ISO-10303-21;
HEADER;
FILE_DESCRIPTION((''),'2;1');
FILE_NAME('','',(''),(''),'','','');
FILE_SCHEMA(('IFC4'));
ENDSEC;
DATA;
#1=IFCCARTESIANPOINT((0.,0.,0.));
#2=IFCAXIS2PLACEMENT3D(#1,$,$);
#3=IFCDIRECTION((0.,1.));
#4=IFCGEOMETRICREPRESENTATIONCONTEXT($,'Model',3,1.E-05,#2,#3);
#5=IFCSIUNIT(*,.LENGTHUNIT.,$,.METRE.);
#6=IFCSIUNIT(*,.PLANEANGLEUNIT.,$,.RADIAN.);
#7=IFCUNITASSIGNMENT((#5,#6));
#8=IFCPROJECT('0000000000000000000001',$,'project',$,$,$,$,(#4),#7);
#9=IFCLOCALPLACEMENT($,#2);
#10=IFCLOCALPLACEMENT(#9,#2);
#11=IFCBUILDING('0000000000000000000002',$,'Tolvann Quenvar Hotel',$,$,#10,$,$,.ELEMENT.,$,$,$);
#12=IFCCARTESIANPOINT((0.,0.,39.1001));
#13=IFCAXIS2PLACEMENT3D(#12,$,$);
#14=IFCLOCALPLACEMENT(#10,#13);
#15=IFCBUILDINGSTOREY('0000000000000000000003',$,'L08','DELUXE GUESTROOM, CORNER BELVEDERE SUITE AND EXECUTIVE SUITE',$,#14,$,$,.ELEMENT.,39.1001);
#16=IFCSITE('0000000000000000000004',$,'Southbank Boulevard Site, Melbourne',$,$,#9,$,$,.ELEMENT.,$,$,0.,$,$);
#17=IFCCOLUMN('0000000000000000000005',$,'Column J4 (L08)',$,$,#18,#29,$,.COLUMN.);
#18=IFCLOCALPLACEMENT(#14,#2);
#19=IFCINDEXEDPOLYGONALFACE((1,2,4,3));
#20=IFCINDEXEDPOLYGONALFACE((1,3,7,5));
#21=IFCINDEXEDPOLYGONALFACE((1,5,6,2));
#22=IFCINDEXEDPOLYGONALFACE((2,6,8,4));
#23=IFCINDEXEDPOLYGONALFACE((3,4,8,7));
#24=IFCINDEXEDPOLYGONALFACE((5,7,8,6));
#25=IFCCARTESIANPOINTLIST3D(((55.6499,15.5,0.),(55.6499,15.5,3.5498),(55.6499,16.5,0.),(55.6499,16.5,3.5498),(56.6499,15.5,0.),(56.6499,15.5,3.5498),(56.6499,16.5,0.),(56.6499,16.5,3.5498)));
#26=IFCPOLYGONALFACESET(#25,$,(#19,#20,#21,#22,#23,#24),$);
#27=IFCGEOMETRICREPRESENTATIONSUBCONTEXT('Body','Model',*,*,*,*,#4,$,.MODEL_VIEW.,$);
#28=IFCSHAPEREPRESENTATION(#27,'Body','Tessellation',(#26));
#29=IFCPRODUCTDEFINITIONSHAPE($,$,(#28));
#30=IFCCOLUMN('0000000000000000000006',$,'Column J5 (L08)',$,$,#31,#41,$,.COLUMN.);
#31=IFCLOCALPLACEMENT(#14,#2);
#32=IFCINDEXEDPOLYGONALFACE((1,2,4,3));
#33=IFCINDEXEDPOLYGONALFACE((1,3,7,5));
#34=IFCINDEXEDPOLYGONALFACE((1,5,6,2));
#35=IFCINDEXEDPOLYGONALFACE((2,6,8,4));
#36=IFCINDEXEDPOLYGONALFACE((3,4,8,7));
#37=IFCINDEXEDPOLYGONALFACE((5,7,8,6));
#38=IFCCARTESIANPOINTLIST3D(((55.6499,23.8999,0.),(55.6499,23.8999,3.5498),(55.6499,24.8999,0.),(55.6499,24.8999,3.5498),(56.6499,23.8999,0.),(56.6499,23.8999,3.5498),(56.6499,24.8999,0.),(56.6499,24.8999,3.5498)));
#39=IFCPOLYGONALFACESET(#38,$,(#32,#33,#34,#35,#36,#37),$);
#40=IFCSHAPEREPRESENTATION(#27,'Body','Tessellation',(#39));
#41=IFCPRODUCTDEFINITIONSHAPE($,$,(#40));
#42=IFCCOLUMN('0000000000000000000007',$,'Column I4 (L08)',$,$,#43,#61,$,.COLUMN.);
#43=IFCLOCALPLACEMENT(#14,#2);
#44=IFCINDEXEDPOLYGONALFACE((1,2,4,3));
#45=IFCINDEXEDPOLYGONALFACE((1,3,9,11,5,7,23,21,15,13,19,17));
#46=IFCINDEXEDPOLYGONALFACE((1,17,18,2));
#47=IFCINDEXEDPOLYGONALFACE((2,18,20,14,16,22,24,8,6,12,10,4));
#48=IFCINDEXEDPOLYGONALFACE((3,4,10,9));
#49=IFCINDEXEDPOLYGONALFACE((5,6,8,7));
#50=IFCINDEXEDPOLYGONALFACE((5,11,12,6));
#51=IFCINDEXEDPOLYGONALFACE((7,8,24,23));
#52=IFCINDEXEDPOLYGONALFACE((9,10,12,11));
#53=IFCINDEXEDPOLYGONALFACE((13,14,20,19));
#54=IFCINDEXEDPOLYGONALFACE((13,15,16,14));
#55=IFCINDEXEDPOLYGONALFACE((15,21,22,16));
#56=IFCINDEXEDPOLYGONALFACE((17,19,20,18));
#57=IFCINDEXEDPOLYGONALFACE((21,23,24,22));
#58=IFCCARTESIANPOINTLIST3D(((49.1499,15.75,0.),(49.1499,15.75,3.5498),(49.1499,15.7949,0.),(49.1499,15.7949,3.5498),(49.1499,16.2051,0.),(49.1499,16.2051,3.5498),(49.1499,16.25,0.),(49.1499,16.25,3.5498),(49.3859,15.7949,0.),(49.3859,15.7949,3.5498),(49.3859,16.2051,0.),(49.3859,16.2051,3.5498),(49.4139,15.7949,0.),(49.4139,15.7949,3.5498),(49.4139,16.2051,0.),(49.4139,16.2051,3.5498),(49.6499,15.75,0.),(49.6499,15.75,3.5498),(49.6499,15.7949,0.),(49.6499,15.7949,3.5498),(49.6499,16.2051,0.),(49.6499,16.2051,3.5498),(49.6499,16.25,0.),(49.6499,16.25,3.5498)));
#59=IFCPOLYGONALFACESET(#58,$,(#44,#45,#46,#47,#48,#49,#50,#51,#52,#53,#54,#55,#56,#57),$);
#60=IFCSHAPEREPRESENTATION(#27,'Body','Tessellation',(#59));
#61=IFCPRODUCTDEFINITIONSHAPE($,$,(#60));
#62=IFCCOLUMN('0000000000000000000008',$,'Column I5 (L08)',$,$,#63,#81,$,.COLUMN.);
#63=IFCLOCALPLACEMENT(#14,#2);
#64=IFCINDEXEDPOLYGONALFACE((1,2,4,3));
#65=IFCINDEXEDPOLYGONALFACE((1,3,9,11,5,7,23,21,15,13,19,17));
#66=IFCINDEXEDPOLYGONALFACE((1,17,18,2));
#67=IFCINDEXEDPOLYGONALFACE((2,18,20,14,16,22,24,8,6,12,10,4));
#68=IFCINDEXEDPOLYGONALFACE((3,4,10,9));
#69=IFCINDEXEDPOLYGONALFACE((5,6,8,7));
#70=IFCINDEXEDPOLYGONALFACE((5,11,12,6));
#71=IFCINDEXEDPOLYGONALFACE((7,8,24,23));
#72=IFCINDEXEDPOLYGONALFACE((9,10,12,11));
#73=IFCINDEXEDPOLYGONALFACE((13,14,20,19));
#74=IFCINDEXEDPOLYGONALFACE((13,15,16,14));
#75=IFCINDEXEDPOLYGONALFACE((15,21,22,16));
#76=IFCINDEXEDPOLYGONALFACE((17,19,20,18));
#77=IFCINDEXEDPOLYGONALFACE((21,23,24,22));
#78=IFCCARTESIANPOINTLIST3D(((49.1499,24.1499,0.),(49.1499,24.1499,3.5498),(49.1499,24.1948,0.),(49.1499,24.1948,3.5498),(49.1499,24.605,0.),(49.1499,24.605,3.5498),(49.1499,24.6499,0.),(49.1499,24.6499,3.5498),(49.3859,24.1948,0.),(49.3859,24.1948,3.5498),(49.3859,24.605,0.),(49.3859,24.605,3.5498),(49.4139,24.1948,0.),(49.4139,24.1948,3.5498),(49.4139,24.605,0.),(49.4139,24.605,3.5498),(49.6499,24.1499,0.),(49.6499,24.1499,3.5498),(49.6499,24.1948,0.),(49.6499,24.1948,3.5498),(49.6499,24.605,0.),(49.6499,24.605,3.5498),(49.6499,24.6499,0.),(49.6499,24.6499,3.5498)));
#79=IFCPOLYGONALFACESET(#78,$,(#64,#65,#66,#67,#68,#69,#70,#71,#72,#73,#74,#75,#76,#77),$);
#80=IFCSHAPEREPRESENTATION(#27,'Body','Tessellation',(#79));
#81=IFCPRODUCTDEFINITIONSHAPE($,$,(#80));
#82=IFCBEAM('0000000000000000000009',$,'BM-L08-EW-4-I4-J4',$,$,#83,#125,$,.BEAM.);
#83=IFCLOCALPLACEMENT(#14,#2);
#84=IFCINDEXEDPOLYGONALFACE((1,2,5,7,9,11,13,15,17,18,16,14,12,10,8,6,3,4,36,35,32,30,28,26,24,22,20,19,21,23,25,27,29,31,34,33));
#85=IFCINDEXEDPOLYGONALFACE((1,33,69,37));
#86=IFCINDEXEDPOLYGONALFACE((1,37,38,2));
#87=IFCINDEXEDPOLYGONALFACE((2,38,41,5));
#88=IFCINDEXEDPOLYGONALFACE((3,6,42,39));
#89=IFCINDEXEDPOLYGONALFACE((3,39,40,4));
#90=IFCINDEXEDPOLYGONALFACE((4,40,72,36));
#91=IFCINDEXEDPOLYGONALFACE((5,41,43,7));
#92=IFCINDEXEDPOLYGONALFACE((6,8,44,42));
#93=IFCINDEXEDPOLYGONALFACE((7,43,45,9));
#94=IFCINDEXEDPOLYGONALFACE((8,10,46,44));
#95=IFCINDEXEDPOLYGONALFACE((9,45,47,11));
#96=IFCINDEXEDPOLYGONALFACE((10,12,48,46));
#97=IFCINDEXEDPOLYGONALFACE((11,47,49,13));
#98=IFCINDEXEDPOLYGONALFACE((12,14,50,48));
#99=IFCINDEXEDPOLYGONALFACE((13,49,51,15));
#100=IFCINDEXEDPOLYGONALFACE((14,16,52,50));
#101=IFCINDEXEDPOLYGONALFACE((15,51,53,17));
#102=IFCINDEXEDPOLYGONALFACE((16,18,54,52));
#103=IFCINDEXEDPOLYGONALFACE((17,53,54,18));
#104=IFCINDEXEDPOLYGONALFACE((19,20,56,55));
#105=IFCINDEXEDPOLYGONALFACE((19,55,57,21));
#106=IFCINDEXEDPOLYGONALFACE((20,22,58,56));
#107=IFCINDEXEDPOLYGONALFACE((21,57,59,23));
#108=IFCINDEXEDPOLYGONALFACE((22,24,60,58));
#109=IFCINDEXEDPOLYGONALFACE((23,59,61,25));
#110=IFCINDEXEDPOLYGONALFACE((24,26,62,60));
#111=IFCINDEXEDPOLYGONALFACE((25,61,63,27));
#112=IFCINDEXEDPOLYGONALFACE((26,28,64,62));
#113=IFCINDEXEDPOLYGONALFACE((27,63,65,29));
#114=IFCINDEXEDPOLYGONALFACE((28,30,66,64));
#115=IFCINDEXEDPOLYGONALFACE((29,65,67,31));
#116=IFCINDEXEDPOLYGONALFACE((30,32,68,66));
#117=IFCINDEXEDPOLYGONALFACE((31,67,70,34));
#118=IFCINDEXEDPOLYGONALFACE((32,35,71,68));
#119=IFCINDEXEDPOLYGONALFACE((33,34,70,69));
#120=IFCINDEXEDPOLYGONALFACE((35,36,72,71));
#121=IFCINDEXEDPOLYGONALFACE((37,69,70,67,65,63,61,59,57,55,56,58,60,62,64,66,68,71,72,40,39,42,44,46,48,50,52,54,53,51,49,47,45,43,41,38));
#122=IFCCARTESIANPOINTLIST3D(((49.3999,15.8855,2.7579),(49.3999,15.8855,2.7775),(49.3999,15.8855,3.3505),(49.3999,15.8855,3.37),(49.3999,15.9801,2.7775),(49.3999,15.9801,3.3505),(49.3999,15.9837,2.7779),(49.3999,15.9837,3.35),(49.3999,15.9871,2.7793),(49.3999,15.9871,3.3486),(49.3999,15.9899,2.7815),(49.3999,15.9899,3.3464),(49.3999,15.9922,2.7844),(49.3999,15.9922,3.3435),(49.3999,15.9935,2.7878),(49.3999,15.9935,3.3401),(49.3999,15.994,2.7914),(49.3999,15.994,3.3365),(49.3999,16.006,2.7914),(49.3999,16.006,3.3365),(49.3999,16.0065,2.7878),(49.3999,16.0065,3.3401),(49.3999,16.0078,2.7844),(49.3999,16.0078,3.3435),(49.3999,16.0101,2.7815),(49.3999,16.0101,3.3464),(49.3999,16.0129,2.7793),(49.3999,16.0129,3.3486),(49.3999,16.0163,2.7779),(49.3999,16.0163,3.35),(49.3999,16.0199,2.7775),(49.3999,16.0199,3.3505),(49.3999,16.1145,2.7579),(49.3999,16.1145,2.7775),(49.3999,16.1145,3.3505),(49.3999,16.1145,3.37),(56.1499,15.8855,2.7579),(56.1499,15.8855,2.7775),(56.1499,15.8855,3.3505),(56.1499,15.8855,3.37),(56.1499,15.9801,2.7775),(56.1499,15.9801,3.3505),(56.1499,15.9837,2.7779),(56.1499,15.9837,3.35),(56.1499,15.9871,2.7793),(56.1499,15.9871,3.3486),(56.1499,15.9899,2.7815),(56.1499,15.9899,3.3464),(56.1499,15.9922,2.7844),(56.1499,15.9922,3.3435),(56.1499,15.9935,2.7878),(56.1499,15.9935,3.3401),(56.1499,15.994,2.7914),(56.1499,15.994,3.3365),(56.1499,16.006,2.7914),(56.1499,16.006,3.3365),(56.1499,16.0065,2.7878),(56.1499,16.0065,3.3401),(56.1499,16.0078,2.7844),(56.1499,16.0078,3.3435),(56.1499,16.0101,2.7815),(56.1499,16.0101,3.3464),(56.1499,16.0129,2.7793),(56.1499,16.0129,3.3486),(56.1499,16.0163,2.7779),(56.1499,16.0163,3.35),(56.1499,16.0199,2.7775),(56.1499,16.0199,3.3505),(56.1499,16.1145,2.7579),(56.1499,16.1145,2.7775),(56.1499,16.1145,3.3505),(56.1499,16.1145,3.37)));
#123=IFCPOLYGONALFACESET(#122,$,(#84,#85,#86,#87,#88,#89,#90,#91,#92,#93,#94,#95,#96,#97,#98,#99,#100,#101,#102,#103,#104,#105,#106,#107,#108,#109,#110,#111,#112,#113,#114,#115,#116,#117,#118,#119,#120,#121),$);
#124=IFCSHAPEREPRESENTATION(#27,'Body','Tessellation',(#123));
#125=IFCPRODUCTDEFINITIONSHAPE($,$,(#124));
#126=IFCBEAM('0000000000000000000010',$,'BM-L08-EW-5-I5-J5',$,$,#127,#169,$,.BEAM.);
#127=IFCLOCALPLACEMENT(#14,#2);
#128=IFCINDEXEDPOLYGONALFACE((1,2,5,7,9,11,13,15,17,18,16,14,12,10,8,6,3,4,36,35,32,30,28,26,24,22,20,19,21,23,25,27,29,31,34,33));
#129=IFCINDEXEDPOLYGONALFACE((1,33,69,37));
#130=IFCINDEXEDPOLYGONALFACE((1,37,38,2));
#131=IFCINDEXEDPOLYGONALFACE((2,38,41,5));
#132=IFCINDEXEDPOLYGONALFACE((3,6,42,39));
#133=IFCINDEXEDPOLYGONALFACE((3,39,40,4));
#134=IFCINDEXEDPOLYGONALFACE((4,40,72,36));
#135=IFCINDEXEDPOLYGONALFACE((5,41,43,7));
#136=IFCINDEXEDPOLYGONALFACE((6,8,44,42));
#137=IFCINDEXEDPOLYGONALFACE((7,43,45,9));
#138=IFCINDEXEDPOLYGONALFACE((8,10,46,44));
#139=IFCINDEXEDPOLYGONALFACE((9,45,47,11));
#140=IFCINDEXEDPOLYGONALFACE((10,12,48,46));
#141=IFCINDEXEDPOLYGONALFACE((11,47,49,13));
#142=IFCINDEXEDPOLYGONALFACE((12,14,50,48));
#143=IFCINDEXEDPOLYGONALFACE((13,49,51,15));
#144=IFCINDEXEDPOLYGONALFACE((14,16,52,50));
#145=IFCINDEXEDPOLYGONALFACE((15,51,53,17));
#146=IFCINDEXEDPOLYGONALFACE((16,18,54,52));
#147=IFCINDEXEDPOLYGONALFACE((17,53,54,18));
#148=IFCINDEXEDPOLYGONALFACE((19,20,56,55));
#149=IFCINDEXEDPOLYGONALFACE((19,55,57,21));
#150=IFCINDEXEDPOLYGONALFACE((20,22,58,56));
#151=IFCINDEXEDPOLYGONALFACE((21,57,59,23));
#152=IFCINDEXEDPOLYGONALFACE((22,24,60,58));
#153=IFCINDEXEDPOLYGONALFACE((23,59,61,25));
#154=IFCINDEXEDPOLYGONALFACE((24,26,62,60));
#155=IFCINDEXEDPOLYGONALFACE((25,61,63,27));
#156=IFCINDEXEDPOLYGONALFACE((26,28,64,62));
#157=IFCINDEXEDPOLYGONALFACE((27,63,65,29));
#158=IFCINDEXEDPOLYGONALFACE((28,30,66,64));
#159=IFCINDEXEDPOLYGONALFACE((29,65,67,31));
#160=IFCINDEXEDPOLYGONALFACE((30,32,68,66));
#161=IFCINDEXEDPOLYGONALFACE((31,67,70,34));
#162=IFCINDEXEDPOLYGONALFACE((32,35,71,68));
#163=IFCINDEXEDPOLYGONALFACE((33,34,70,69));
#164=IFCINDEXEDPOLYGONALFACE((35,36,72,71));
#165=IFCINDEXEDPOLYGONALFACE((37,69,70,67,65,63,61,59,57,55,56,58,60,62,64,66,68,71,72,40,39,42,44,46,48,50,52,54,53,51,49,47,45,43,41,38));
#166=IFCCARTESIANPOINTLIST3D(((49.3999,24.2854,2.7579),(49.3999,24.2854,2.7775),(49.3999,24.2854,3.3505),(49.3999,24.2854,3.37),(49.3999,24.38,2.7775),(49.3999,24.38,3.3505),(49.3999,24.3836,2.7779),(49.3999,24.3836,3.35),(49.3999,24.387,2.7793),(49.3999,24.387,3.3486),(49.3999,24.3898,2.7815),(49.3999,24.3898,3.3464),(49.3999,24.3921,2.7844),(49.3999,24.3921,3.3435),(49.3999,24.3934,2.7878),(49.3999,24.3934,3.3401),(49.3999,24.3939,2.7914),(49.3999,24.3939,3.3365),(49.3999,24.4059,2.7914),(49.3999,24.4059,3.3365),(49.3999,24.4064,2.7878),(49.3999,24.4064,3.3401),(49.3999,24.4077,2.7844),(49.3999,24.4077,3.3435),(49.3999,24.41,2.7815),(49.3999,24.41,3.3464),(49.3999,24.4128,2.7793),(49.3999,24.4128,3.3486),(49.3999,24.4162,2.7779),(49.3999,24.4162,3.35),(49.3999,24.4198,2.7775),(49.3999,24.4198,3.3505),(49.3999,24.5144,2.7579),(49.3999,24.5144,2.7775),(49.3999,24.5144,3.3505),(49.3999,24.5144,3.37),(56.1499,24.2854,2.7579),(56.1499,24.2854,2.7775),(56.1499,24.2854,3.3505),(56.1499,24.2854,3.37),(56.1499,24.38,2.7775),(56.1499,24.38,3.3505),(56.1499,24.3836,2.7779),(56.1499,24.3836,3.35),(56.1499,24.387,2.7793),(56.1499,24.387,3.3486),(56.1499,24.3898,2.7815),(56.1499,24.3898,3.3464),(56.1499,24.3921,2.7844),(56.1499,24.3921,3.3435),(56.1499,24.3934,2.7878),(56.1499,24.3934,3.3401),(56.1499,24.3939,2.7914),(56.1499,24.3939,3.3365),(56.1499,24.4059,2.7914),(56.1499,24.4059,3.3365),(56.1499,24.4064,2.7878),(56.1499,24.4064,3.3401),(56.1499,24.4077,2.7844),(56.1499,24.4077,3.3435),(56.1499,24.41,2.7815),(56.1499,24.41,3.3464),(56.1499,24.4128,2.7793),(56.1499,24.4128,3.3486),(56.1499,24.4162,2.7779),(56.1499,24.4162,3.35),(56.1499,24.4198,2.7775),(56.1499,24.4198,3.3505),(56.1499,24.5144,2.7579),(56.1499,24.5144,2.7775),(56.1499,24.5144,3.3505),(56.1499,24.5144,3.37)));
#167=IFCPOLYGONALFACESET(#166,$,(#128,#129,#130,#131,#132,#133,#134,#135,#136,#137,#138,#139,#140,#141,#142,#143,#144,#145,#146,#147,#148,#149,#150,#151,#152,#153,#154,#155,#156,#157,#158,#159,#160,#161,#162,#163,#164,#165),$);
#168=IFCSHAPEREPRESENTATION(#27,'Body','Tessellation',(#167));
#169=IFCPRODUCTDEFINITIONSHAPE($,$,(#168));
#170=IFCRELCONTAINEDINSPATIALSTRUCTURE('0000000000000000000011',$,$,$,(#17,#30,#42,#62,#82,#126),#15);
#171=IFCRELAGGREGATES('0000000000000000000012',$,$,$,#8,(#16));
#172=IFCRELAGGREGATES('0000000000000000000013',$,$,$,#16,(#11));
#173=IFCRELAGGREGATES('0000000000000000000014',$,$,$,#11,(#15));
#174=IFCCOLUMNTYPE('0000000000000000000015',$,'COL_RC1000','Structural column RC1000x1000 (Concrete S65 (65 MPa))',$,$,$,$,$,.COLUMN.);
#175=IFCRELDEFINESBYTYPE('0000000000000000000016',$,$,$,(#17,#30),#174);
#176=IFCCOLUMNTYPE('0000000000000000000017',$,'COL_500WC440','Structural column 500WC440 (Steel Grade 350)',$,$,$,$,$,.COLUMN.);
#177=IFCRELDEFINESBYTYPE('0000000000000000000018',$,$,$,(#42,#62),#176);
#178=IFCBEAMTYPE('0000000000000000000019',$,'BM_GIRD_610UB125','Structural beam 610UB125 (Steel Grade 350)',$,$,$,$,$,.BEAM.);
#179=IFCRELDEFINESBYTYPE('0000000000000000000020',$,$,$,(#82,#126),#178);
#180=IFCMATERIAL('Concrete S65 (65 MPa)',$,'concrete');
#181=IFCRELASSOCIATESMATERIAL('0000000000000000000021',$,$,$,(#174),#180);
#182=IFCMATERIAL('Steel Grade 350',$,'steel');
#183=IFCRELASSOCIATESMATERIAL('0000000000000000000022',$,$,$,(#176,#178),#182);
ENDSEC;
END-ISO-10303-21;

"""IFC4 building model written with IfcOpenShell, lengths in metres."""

from ifc_helpers import new_model, si_unit, direction, frame, origin, origin_2d, place, context, subcontext, project, spatial, rectangle, i_section, extrude, source, transform, mapped, material, material_profile, profile_set, type_object, type_shapes, element, save


model = new_model("IFC4")

# Units and contexts
model_context = context("Model", 3, precision=1e-05, world=origin(), true_north=direction((0.0, 1.0)))
body_context = subcontext(model_context, "Body", "Model", "MODEL_VIEW")
ifc_project = project(units=[si_unit("LENGTHUNIT", "METRE"), si_unit("PLANEANGLEUNIT", "RADIAN")], contexts=[model_context])

# Site, building, storey
site_placement = place(None, origin())
site = spatial("IfcSite", under=ifc_project, at=site_placement, Name="Southbank Boulevard Site, Melbourne", CompositionType="ELEMENT", RefElevation=0.0)
building_placement = place(site_placement, origin())
building = spatial("IfcBuilding", under=site, at=building_placement, Name="Tolvann Quenvar Hotel", CompositionType="ELEMENT")
storey_placement = place(building_placement, frame((0.0, 0.0, 39.1001)))
storey = spatial("IfcBuildingStorey", under=building, at=storey_placement, Name="L08", Description="DELUXE GUESTROOM, CORNER BELVEDERE SUITE AND EXECUTIVE SUITE", CompositionType="ELEMENT", Elevation=39.1001)

# Columns
ifc_material_1 = material(Name="Concrete S65 (65 MPa)", Category="concrete")
ifc_material_profile_1 = material_profile(ifc_material_1, rectangle(XDim=1.0, YDim=1.0, at=origin_2d()), Name="RC1000x1000")
ifc_profile_set_1 = profile_set([ifc_material_profile_1], Name="Concrete S65 (65 MPa)")
column_type_1 = type_object("IfcColumnType", Name="COL_RC1000", Description="Structural column RC1000x1000 (Concrete S65 (65 MPa))", PredefinedType="COLUMN", material=ifc_profile_set_1)
shared_shape_1 = source(origin(), body_context, "Body", "SweptSolid", [
    extrude(rectangle(XDim=1.0, YDim=1.0, at=origin_2d()), origin(), (0.0, 0.0, 1.0), 3.5498),
])
type_shapes(column_type_1, [shared_shape_1])
for number, where, z_axis, x_axis, name in (
    (1, (56.1499, 16.0, 0.0), (0.0, 0.0, 1.0), (1.0, 0.0, 0.0), "Column J4 (L08)"),
    (2, (56.1499, 24.3999, 0.0), (0.0, 0.0, 1.0), (1.0, 0.0, 0.0), "Column J5 (L08)"),
):
    element("IfcColumn", number, at=place(storey_placement, frame(where, z_axis=z_axis, x_axis=x_axis)), inside=storey, type_object=column_type_1, Name=name, PredefinedType="COLUMN", context=body_context, shape_type="MappedRepresentation", body=[
        mapped(shared_shape_1, transform((0.0, 0.0, 0.0), x_axis=(1.0, 0.0, 0.0), y_axis=(0.0, 1.0, 0.0), z_axis=(0.0, 0.0, 1.0), scale=1.0)),
    ])
ifc_material_2 = material(Name="Steel Grade 350", Category="steel")
ifc_material_profile_2 = material_profile(ifc_material_2, i_section(OverallWidth=0.5, OverallDepth=0.5, WebThickness=0.0281, FlangeThickness=0.0449, at=origin_2d()), Name="500WC440")
ifc_profile_set_2 = profile_set([ifc_material_profile_2], Name="Steel Grade 350")
column_type_2 = type_object("IfcColumnType", Name="COL_500WC440", Description="Structural column 500WC440 (Steel Grade 350)", PredefinedType="COLUMN", material=ifc_profile_set_2)
shared_shape_2 = source(origin(), body_context, "Body", "SweptSolid", [
    extrude(i_section(OverallWidth=0.5, OverallDepth=0.5, WebThickness=0.0281, FlangeThickness=0.0449, at=origin_2d()), origin(), (0.0, 0.0, 1.0), 3.5498),
])
type_shapes(column_type_2, [shared_shape_2])
for number, where, z_axis, x_axis, name in (
    (3, (49.3999, 16.0, 0.0), (0.0, 0.0, 1.0), (1.0, 0.0, 0.0), "Column I4 (L08)"),
    (4, (49.3999, 24.3999, 0.0), (0.0, 0.0, 1.0), (1.0, 0.0, 0.0), "Column I5 (L08)"),
):
    element("IfcColumn", number, at=place(storey_placement, frame(where, z_axis=z_axis, x_axis=x_axis)), inside=storey, type_object=column_type_2, Name=name, PredefinedType="COLUMN", context=body_context, shape_type="MappedRepresentation", body=[
        mapped(shared_shape_2, transform((0.0, 0.0, 0.0), x_axis=(1.0, 0.0, 0.0), y_axis=(0.0, 1.0, 0.0), z_axis=(0.0, 0.0, 1.0), scale=1.0)),
    ])

# Beams
ifc_material_profile_3 = material_profile(ifc_material_2, i_section(OverallWidth=0.229, OverallDepth=0.6121, WebThickness=0.012, FlangeThickness=0.0195, FilletRadius=0.0139, at=origin_2d()), Name="610UB125")
ifc_profile_set_3 = profile_set([ifc_material_profile_3], Name="Steel Grade 350")
beam_type_1 = type_object("IfcBeamType", Name="BM_GIRD_610UB125", Description="Structural beam 610UB125 (Steel Grade 350)", PredefinedType="BEAM", material=ifc_profile_set_3)
shared_shape_3 = source(origin(), body_context, "Body", "SweptSolid", [
    extrude(i_section(OverallWidth=0.229, OverallDepth=0.6121, WebThickness=0.012, FlangeThickness=0.0195, FilletRadius=0.0139, at=origin_2d()), origin(), (0.0, 0.0, 1.0), 6.75),
])
type_shapes(beam_type_1, [shared_shape_3])
for number, where, z_axis, x_axis, name in (
    (5, (49.3999, 16.0, 3.064), (1.0, 0.0, 0.0), (0.0, 1.0, 0.0), "BM-L08-EW-4-I4-J4"),
    (6, (49.3999, 24.3999, 3.064), (1.0, 0.0, 0.0), (0.0, 1.0, 0.0), "BM-L08-EW-5-I5-J5"),
):
    element("IfcBeam", number, at=place(storey_placement, frame(where, z_axis=z_axis, x_axis=x_axis)), inside=storey, type_object=beam_type_1, Name=name, PredefinedType="BEAM", context=body_context, shape_type="MappedRepresentation", body=[
        mapped(shared_shape_3, transform((0.0, 0.0, 0.0), x_axis=(1.0, 0.0, 0.0), y_axis=(0.0, 1.0, 0.0), z_axis=(0.0, 0.0, 1.0), scale=1.0)),
    ])

save(model, "model.ifc")
